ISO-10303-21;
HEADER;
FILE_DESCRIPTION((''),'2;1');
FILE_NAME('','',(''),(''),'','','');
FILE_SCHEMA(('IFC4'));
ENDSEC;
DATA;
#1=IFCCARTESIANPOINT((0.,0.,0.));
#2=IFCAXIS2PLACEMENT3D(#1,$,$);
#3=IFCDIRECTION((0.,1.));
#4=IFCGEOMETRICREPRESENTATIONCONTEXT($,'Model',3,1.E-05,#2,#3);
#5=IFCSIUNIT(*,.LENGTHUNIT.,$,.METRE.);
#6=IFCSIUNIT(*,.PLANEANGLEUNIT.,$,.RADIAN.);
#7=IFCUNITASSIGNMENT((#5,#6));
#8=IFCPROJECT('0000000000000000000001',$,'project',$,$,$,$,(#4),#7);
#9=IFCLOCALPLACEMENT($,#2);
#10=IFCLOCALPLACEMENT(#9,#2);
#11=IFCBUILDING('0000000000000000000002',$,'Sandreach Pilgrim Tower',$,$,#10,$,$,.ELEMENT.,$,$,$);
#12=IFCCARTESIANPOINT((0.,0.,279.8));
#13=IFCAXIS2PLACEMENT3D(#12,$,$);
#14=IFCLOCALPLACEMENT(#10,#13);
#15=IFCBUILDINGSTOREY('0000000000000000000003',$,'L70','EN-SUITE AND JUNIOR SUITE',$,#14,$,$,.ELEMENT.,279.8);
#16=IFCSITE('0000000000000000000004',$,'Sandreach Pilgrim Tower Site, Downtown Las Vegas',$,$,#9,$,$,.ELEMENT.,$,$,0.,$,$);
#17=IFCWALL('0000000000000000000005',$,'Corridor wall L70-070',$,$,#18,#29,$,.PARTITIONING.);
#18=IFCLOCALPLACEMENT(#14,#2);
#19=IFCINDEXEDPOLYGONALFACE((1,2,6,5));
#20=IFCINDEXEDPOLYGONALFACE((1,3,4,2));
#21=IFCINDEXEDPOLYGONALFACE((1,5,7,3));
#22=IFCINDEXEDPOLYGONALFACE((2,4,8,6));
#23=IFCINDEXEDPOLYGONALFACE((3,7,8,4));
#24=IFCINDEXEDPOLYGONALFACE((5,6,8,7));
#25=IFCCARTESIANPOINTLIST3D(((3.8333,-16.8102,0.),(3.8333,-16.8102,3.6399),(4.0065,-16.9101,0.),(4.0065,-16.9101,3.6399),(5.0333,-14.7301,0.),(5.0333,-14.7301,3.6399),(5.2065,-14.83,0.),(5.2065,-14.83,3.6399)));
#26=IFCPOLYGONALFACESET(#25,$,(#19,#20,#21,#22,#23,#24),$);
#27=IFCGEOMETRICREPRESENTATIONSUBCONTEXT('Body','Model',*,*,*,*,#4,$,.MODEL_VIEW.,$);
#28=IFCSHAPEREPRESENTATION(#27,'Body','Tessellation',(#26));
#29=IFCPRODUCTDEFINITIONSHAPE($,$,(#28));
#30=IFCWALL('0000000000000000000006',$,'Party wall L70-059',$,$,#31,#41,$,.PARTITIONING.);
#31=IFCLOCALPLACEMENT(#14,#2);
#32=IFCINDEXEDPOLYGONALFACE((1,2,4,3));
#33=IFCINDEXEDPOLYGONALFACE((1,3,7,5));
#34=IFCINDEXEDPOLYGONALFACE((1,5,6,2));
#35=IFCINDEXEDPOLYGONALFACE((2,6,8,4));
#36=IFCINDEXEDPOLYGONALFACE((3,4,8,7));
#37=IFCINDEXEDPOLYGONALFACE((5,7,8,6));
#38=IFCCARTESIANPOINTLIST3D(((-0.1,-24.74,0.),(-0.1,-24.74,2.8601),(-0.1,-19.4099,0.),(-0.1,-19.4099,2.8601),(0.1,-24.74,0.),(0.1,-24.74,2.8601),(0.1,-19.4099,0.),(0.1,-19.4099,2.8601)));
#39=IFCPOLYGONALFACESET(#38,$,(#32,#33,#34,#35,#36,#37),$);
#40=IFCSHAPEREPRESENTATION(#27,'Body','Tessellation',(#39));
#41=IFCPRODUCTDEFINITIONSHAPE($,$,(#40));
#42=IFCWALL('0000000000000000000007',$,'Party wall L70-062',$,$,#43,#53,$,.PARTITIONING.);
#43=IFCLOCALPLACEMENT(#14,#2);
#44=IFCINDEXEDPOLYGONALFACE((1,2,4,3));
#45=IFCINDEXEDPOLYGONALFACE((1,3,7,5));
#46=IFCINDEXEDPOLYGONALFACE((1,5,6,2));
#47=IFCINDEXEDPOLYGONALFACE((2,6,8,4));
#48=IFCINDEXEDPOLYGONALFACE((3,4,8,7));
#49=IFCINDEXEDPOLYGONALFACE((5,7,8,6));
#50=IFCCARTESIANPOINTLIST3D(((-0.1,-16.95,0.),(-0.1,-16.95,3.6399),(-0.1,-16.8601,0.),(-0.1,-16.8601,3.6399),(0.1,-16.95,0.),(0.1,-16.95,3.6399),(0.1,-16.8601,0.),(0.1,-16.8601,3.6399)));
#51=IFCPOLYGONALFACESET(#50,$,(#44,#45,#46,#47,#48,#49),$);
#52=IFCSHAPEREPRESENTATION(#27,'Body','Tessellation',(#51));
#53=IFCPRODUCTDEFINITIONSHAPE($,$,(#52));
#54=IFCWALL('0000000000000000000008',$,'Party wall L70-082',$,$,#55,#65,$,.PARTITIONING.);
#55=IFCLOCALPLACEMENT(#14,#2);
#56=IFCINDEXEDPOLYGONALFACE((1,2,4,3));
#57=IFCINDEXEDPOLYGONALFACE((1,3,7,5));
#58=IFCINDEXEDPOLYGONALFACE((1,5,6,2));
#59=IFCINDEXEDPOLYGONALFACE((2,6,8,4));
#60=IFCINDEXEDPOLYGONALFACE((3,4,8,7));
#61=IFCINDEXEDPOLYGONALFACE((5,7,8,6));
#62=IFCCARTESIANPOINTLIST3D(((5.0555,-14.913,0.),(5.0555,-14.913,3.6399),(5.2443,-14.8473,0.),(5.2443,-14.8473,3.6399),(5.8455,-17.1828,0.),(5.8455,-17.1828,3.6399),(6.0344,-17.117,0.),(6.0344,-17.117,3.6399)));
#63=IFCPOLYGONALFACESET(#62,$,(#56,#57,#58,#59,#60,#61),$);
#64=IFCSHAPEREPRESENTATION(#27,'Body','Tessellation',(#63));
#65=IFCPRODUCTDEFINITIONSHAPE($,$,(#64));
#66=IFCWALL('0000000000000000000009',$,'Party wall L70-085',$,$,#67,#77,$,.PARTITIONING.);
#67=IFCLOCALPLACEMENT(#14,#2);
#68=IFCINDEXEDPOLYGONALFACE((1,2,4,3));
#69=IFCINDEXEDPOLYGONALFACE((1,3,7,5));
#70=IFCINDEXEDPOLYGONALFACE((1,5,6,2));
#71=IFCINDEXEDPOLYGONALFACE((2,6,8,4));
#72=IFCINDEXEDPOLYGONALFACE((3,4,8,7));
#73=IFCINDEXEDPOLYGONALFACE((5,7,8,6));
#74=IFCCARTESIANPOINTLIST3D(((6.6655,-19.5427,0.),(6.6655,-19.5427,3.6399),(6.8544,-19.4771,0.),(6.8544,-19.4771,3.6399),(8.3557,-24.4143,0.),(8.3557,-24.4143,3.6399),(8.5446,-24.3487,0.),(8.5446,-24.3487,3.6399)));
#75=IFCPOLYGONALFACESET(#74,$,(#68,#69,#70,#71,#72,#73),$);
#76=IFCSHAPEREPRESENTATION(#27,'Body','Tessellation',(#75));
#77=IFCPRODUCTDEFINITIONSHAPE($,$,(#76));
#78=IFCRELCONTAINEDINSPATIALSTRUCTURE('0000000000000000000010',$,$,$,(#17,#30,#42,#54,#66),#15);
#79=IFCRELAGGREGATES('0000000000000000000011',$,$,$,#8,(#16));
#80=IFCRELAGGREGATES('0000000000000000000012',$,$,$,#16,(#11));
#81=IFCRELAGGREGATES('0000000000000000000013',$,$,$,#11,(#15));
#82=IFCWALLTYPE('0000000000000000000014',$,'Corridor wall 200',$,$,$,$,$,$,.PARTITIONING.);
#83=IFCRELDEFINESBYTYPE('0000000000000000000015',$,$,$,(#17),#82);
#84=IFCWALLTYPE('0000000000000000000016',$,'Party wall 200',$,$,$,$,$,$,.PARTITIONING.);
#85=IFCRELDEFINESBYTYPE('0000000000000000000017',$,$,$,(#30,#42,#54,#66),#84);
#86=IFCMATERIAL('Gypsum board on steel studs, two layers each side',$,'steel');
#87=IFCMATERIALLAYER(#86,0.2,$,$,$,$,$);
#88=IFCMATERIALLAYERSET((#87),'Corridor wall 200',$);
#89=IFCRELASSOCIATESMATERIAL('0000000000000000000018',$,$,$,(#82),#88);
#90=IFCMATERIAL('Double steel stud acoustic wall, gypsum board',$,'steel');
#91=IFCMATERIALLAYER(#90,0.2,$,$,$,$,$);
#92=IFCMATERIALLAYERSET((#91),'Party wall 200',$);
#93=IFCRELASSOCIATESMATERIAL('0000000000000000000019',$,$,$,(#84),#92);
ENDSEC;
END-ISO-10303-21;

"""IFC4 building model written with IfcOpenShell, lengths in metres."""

from ifc_helpers import new_model, si_unit, direction, frame, frame_2d, origin, place, context, subcontext, project, spatial, rectangle, extrude, material, layer, layer_set, type_object, element, save


model = new_model("IFC4")

# Units and contexts
model_context = context("Model", 3, precision=1e-05, world=origin(), true_north=direction((0.0, 1.0)))
body_context = subcontext(model_context, "Body", "Model", "MODEL_VIEW")
ifc_project = project(units=[si_unit("LENGTHUNIT", "METRE"), si_unit("PLANEANGLEUNIT", "RADIAN")], contexts=[model_context])

# Site, building, storey
site_placement = place(None, origin())
site = spatial("IfcSite", under=ifc_project, at=site_placement, Name="Sandreach Pilgrim Tower Site, Downtown Las Vegas", CompositionType="ELEMENT", RefElevation=0.0)
building_placement = place(site_placement, origin())
building = spatial("IfcBuilding", under=site, at=building_placement, Name="Sandreach Pilgrim Tower", CompositionType="ELEMENT")
storey_placement = place(building_placement, frame((0.0, 0.0, 279.8)))
storey = spatial("IfcBuildingStorey", under=building, at=storey_placement, Name="L70", Description="EN-SUITE AND JUNIOR SUITE", CompositionType="ELEMENT", Elevation=279.8)

# Shared definitions
ifc_material_1 = material(Name="Gypsum board on steel studs, two layers each side", Category="steel")
ifc_layer_1 = layer(ifc_material_1, 0.2)
ifc_layer_set_1 = layer_set([ifc_layer_1], Name="Corridor wall 200")
wall_type_1 = type_object("IfcWallType", Name="Corridor wall 200", PredefinedType="PARTITIONING", material=ifc_layer_set_1)

# Walls
wall_1_placement = place(storey_placement, frame((3.9199, -16.8601, 0.0), z_axis=(0.0, 0.0, 1.0), x_axis=(0.499693, 0.866203, 0.0)))
element("IfcWall", 1, at=wall_1_placement, inside=storey, type_object=wall_type_1, Name="Corridor wall L70-070", PredefinedType="PARTITIONING", context=body_context, shape_type="SweptSolid", body=[
    extrude(rectangle(XDim=2.4014, YDim=0.2, at=frame_2d((1.2007, 0.0))), origin(), (0.0, 0.0, 1.0), 3.6399),
])
ifc_material_2 = material(Name="Double steel stud acoustic wall, gypsum board", Category="steel")
ifc_layer_2 = layer(ifc_material_2, 0.2)
ifc_layer_set_2 = layer_set([ifc_layer_2], Name="Party wall 200")
wall_type_2 = type_object("IfcWallType", Name="Party wall 200", PredefinedType="PARTITIONING", material=ifc_layer_set_2)
wall_2_placement = place(storey_placement, frame((0.0, -24.74, 0.0), z_axis=(0.0, 0.0, 1.0), x_axis=(0.0, 1.0, 0.0)))
element("IfcWall", 2, at=wall_2_placement, inside=storey, type_object=wall_type_2, Name="Party wall L70-059", PredefinedType="PARTITIONING", context=body_context, shape_type="SweptSolid", body=[
    extrude(rectangle(XDim=5.3301, YDim=0.2, at=frame_2d((2.665, 0.0))), origin(), (0.0, 0.0, 1.0), 2.8601),
])
wall_3_placement = place(storey_placement, frame((0.0, -16.95, 0.0), z_axis=(0.0, 0.0, 1.0), x_axis=(0.0, 1.0, 0.0)))
element("IfcWall", 3, at=wall_3_placement, inside=storey, type_object=wall_type_2, Name="Party wall L70-062", PredefinedType="PARTITIONING", context=body_context, shape_type="SweptSolid", body=[
    extrude(rectangle(XDim=0.0898, YDim=0.2, at=frame_2d((0.0449, 0.0))), origin(), (0.0, 0.0, 1.0), 3.6399),
])
wall_4_placement = place(storey_placement, frame((5.9399, -17.1499, 0.0), z_axis=(0.0, 0.0, 1.0), x_axis=(-0.328725, 0.944426, 0.0)))
element("IfcWall", 4, at=wall_4_placement, inside=storey, type_object=wall_type_2, Name="Party wall L70-082", PredefinedType="PARTITIONING", context=body_context, shape_type="SweptSolid", body=[
    extrude(rectangle(XDim=2.4033, YDim=0.2, at=frame_2d((1.2017, 0.0))), origin(), (0.0, 0.0, 1.0), 3.6399),
])
wall_5_placement = place(storey_placement, frame((6.76, -19.51, 0.0), z_axis=(0.0, 0.0, 1.0), x_axis=(0.32778, -0.944754, 0.0)))
element("IfcWall", 5, at=wall_5_placement, inside=storey, type_object=wall_type_2, Name="Party wall L70-085", PredefinedType="PARTITIONING", context=body_context, shape_type="SweptSolid", body=[
    extrude(rectangle(XDim=5.1565, YDim=0.2, at=frame_2d((2.5781, 0.0))), origin(), (0.0, 0.0, 1.0), 3.6399),
])

save(model, "model.ifc")
